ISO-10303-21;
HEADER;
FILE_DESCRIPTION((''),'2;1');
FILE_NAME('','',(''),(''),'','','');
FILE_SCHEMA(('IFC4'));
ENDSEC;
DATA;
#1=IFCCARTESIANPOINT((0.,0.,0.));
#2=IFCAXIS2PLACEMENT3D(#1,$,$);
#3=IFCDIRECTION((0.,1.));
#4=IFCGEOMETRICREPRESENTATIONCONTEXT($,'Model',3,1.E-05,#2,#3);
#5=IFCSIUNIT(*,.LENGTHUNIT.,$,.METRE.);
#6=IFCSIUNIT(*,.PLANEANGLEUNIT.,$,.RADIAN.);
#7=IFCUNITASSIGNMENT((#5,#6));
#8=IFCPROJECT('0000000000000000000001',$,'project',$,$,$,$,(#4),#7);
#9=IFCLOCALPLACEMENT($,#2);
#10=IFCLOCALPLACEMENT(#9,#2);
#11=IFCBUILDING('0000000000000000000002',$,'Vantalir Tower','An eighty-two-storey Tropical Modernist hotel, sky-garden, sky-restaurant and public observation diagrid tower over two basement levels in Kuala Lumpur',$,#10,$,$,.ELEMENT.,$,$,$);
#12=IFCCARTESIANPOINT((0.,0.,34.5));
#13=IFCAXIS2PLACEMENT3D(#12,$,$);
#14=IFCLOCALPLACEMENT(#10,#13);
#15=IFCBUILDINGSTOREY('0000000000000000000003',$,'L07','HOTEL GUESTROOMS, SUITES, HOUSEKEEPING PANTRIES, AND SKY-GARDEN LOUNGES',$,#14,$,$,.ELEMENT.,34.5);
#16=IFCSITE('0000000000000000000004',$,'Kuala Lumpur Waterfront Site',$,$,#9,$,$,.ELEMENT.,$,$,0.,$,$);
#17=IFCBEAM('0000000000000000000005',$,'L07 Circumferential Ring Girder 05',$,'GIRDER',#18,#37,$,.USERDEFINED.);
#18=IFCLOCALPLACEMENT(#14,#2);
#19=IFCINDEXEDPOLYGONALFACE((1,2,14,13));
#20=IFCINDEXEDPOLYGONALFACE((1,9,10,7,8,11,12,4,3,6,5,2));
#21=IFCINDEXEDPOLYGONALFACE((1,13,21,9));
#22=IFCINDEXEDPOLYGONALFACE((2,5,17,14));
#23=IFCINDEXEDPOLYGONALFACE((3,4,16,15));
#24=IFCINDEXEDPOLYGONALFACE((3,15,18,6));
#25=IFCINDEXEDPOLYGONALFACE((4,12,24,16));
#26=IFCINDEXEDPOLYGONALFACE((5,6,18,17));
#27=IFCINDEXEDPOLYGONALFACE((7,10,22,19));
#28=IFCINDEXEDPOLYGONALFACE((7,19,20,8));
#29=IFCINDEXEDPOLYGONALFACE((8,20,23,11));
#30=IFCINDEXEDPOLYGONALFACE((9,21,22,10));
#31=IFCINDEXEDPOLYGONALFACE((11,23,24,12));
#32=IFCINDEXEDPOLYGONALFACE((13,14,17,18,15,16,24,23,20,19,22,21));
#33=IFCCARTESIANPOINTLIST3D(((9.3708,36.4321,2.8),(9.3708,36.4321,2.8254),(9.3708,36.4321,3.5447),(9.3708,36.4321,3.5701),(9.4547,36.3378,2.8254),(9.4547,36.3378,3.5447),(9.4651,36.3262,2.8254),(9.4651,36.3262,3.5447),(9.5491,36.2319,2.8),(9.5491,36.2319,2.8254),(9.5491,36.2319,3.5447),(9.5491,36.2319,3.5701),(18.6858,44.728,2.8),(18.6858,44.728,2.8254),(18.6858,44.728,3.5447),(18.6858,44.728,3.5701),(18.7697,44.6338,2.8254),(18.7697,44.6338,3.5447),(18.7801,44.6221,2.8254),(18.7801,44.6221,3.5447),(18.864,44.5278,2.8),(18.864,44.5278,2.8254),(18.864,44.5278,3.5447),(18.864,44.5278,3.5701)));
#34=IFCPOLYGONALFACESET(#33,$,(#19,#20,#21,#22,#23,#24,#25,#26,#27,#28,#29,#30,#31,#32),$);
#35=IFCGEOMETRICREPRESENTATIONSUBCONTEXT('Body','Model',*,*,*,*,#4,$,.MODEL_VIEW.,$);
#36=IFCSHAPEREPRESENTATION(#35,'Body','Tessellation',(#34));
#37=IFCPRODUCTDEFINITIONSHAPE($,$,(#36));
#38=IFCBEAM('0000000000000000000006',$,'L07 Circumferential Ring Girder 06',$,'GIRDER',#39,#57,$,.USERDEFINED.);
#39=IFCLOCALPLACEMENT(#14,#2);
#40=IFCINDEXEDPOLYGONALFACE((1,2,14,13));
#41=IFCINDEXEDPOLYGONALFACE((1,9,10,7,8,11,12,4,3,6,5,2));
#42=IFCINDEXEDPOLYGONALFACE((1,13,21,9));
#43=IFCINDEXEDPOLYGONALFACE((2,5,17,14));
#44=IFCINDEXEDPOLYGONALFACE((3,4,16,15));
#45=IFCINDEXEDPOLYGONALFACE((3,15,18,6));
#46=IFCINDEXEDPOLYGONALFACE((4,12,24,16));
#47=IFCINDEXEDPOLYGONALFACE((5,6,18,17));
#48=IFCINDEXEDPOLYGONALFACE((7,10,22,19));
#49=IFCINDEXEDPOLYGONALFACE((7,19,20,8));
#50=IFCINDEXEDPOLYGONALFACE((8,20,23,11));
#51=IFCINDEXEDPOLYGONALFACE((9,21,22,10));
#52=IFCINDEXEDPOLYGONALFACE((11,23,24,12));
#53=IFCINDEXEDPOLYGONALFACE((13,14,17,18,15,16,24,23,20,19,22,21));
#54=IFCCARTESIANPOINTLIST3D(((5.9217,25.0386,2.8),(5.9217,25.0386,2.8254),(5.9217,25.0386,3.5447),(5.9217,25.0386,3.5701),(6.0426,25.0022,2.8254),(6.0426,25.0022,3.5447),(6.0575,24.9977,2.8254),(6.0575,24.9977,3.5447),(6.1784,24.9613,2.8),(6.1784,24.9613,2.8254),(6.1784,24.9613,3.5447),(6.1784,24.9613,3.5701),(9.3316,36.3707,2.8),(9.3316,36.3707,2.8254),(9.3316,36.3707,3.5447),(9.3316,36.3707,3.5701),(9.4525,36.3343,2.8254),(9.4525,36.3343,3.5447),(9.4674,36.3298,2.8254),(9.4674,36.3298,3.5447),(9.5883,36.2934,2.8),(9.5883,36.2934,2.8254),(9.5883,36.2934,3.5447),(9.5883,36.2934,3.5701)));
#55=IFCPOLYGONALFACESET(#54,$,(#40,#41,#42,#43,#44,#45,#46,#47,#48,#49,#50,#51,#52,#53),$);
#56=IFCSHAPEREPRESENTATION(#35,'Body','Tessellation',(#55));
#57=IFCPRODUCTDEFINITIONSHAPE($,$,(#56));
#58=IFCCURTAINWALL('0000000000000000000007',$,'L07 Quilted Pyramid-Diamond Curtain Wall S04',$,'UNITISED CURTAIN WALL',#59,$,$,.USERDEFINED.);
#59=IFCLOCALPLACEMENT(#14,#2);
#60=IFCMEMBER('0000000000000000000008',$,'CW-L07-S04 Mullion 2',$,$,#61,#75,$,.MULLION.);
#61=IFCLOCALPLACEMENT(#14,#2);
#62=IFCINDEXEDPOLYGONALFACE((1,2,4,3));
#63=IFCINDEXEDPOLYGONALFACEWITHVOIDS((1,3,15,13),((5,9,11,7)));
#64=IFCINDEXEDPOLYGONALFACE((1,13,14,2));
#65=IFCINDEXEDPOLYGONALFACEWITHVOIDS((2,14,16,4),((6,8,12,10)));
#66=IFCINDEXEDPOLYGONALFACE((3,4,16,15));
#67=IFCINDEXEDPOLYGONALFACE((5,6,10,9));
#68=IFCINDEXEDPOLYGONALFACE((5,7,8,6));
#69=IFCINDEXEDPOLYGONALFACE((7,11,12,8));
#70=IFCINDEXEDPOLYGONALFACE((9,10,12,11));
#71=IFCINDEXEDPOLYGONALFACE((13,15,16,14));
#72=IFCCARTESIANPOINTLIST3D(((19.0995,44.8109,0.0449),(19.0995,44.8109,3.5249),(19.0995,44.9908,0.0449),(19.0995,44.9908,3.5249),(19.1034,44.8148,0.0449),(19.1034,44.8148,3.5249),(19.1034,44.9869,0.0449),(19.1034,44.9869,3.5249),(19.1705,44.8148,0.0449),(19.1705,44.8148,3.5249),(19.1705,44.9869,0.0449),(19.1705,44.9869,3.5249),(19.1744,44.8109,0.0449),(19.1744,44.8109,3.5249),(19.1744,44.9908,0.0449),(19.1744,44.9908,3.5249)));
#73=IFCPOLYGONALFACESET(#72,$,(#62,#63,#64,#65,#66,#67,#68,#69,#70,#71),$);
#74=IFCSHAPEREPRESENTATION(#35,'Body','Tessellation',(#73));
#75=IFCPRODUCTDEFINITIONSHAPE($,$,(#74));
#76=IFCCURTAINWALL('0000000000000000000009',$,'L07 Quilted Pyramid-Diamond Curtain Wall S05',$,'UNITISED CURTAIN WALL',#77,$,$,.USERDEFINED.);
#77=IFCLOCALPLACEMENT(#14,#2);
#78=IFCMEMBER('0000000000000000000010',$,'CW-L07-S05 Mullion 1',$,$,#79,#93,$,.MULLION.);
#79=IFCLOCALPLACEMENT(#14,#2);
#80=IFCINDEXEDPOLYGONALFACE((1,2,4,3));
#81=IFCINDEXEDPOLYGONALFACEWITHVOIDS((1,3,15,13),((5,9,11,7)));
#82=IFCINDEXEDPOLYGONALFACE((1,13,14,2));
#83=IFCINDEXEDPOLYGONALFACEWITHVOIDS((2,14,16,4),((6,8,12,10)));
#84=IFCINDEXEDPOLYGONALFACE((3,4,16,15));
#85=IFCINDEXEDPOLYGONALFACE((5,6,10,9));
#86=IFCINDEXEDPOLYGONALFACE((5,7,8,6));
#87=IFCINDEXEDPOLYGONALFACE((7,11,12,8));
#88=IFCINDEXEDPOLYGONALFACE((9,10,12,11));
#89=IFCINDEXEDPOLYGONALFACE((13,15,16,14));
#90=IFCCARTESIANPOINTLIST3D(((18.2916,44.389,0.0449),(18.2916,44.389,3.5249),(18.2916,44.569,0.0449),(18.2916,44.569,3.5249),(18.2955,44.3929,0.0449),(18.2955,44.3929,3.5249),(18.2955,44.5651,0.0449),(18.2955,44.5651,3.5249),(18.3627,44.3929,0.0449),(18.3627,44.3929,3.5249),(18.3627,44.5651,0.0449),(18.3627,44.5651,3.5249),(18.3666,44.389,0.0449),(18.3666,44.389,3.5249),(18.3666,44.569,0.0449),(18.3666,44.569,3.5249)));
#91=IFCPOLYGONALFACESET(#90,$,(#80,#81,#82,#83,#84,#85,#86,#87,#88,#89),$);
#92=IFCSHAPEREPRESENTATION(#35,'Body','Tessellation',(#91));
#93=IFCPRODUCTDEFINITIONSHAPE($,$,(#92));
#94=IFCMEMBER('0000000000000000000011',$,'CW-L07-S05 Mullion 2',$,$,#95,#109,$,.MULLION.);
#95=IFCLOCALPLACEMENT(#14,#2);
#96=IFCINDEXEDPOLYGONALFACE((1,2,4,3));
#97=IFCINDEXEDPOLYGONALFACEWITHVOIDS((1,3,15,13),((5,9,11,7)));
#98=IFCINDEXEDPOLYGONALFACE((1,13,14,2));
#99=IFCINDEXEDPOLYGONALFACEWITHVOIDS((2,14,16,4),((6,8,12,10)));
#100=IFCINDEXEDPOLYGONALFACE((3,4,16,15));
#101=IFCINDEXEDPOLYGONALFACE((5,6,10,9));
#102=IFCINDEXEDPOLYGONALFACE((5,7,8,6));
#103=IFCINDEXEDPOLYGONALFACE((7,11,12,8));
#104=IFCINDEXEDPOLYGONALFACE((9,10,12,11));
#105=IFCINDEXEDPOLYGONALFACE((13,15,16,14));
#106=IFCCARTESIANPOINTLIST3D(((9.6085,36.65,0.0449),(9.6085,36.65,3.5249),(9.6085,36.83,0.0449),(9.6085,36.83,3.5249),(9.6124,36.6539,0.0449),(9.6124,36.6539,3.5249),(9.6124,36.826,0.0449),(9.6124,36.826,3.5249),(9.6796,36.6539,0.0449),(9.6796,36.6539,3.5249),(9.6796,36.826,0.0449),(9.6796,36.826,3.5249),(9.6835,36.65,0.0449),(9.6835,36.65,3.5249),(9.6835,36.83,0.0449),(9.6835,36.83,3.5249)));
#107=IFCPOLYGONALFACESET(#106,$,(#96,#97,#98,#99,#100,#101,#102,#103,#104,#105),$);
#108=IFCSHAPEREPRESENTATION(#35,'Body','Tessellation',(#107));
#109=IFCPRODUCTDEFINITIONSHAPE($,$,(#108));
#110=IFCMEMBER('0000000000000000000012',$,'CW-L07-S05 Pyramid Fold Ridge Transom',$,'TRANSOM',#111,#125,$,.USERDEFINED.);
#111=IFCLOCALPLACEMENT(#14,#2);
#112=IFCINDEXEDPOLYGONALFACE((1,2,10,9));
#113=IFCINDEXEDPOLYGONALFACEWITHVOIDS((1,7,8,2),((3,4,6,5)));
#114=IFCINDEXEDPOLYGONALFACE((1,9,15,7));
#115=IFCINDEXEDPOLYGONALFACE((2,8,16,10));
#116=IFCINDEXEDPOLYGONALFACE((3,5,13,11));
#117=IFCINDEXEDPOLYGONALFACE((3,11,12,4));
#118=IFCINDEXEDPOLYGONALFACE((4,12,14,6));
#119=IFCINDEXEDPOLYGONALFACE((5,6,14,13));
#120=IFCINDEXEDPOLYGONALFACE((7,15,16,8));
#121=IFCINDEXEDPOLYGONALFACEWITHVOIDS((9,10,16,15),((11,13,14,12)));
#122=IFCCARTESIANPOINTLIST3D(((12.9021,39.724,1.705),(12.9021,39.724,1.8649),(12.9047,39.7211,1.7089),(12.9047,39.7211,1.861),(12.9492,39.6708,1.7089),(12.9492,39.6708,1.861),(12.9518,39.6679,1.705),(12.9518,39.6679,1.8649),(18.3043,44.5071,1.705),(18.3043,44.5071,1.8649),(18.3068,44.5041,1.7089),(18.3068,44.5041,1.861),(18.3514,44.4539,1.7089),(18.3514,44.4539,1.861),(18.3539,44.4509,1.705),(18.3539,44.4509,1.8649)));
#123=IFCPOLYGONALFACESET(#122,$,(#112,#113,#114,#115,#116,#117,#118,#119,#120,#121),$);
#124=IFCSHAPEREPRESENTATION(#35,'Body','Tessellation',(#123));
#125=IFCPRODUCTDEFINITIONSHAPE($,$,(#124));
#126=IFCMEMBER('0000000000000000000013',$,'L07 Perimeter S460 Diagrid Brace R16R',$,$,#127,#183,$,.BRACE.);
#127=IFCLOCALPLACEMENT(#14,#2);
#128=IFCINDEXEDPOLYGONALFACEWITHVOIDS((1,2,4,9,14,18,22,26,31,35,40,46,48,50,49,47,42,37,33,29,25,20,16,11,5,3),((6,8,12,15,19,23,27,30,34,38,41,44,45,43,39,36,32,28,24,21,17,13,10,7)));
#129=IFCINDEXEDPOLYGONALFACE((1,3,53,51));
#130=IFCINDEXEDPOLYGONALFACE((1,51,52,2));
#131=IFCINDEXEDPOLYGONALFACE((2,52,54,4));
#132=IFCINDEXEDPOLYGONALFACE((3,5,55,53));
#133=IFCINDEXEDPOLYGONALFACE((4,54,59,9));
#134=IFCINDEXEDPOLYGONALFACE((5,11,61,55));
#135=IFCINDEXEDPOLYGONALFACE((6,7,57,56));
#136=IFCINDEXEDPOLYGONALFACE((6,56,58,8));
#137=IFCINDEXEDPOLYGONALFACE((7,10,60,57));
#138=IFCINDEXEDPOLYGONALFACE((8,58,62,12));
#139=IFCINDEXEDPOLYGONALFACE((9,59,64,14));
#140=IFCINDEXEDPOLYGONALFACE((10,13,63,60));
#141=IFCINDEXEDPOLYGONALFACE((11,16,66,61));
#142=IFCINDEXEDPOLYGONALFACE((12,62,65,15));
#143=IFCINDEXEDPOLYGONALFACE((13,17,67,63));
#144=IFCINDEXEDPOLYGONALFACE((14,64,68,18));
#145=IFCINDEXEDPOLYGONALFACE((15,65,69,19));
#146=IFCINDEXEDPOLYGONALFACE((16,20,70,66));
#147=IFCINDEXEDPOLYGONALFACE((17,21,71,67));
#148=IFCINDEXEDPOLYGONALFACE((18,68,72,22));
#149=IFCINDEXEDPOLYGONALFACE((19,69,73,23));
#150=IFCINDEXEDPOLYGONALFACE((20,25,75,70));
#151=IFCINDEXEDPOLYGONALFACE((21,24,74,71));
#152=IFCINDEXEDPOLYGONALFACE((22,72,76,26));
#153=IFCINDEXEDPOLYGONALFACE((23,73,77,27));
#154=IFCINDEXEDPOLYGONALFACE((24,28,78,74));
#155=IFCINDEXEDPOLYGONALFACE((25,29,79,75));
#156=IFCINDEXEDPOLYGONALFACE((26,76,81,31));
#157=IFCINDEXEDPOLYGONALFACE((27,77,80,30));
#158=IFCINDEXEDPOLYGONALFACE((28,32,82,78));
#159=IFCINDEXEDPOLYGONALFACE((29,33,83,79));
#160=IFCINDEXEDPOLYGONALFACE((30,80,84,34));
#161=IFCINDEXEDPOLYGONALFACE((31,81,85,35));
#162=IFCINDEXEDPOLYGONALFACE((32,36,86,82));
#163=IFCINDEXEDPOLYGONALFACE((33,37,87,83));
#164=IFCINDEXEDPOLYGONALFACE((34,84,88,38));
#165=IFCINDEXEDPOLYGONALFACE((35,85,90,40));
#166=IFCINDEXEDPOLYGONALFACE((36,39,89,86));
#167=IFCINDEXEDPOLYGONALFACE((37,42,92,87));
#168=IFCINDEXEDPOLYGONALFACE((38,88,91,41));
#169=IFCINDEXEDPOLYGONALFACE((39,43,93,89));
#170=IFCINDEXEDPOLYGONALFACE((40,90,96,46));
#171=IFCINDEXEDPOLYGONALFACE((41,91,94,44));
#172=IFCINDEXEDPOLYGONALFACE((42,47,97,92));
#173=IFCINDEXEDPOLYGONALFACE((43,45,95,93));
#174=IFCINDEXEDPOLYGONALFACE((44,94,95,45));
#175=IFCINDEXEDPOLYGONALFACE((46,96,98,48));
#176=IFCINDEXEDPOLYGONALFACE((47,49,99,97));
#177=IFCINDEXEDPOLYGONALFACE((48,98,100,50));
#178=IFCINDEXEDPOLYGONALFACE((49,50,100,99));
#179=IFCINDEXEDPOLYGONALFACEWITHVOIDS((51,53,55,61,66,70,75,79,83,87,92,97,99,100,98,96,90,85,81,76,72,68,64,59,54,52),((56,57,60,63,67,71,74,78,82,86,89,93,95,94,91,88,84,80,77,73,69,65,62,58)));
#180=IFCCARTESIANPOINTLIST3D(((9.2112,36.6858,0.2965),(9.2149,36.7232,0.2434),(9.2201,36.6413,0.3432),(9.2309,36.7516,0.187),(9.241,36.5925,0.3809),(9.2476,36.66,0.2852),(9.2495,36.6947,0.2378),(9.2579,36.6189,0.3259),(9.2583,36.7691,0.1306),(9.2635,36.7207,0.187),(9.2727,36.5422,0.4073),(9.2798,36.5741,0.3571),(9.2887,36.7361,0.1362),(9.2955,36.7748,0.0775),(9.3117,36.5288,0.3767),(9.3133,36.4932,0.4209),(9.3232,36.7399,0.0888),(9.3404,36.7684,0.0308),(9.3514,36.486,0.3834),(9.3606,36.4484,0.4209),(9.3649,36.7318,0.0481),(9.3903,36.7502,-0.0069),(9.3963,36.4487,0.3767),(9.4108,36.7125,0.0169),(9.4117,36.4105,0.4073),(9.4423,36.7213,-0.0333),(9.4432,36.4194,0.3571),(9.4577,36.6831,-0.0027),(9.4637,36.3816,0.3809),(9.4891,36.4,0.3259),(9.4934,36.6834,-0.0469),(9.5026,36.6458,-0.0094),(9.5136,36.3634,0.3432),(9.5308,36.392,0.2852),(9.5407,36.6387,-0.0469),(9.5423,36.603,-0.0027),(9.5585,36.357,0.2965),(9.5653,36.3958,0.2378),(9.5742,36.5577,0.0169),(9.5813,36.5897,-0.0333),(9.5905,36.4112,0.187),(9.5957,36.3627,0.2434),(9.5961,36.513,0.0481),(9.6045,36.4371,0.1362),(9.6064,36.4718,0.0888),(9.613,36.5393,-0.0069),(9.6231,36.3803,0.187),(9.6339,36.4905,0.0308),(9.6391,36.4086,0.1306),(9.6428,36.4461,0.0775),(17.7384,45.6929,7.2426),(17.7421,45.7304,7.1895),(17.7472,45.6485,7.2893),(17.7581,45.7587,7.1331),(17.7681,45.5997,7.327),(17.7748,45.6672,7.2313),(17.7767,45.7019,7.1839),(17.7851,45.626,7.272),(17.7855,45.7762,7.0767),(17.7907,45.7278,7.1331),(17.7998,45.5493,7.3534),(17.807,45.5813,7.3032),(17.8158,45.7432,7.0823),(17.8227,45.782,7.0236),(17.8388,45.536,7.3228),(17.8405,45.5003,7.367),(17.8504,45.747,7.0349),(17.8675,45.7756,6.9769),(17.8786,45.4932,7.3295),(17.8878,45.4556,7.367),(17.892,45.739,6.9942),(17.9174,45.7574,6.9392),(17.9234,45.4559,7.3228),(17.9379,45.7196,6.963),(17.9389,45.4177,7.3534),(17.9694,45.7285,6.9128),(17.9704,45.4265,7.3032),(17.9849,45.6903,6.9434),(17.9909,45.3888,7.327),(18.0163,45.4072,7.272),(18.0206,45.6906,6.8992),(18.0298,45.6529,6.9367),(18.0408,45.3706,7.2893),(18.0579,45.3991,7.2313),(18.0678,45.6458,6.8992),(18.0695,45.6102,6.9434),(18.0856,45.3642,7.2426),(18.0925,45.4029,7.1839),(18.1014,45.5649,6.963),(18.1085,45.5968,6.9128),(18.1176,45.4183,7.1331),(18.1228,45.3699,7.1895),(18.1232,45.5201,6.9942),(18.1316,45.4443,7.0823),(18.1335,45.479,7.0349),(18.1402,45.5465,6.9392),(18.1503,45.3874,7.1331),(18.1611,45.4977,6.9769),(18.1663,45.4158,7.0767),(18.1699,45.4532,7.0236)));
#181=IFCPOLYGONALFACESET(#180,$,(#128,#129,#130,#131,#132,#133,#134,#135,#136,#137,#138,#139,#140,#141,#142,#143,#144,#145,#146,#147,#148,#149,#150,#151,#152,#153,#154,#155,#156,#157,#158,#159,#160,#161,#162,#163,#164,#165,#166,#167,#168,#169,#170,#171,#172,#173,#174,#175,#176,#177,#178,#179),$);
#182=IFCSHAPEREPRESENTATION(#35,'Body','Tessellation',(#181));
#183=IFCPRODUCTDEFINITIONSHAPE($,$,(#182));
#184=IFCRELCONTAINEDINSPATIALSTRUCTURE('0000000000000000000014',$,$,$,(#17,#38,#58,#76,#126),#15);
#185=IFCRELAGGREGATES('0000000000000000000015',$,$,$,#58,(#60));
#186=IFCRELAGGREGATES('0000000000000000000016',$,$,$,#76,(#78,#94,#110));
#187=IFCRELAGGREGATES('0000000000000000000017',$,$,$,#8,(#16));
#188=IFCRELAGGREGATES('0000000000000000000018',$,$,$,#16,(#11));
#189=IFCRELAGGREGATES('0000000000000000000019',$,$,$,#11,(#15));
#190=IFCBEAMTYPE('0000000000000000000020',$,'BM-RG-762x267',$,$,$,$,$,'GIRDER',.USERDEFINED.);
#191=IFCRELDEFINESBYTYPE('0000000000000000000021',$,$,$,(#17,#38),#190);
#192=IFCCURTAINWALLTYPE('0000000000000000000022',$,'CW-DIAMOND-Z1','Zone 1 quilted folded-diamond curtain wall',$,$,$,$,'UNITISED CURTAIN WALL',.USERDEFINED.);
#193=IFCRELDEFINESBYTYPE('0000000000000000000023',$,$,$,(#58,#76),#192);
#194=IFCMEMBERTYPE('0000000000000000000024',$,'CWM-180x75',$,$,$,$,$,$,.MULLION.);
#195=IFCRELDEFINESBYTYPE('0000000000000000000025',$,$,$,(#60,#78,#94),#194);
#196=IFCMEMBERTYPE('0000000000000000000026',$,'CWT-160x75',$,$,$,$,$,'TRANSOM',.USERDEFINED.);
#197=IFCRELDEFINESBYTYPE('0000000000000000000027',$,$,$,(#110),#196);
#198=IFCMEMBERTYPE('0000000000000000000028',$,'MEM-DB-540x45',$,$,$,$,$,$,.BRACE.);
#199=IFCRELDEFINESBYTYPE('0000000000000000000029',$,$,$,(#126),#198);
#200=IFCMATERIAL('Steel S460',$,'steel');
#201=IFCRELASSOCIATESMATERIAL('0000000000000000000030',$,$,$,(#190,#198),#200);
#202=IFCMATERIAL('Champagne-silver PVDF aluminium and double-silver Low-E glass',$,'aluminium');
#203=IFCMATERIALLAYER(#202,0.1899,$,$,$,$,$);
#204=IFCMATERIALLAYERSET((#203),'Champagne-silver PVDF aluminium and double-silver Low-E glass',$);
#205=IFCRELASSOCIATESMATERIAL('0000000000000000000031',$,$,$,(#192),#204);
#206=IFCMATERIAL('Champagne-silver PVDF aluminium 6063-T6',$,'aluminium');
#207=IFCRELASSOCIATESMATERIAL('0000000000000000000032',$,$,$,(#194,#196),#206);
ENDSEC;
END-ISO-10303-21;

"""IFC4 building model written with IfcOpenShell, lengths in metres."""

from ifc_helpers import new_model, si_unit, direction, frame, origin, origin_2d, place, context, subcontext, project, spatial, hollow_rectangle, hollow_circle, i_section, extrude, material, layer, layer_set, material_profile, profile_set, type_object, element, aggregate, save


model = new_model("IFC4")

# Units and contexts
model_context = context("Model", 3, precision=1e-05, world=origin(), true_north=direction((0.0, 1.0)))
body_context = subcontext(model_context, "Body", "Model", "MODEL_VIEW")
ifc_project = project(units=[si_unit("LENGTHUNIT", "METRE"), si_unit("PLANEANGLEUNIT", "RADIAN")], contexts=[model_context])

# Site, building, storey
site_placement = place(None, origin())
site = spatial("IfcSite", under=ifc_project, at=site_placement, Name="Kuala Lumpur Waterfront Site", CompositionType="ELEMENT", RefElevation=0.0)
building_placement = place(site_placement, origin())
building = spatial("IfcBuilding", under=site, at=building_placement, Name="Vantalir Tower", Description="An eighty-two-storey Tropical Modernist hotel, sky-garden, sky-restaurant and public observation diagrid tower over two basement levels in Kuala Lumpur", CompositionType="ELEMENT")
storey_placement = place(building_placement, frame((0.0, 0.0, 34.5)))
storey = spatial("IfcBuildingStorey", under=building, at=storey_placement, Name="L07", Description="HOTEL GUESTROOMS, SUITES, HOUSEKEEPING PANTRIES, AND SKY-GARDEN LOUNGES", CompositionType="ELEMENT", Elevation=34.5)

# Shared definitions
ifc_material_1 = material(Name="Steel S460", Category="steel")

# Beams
ifc_material_profile_1 = material_profile(ifc_material_1, i_section(OverallWidth=0.2681, OverallDepth=0.77, WebThickness=0.0156, FlangeThickness=0.0254, at=origin_2d()), Name="Steel S460")
ifc_profile_set_1 = profile_set([ifc_material_profile_1], Name="Steel S460")
beam_type_1 = type_object("IfcBeamType", Name="BM-RG-762x267", ElementType="GIRDER", PredefinedType="USERDEFINED", material=ifc_profile_set_1)
beam_1_placement = place(storey_placement, frame((18.7749, 44.6279, 3.1851), z_axis=(-0.746774, -0.665078, 0.0), x_axis=(0.665078, -0.746774, 0.0)))
element("IfcBeam", 1, at=beam_1_placement, inside=storey, type_object=beam_type_1, Name="L07 Circumferential Ring Girder 05", ObjectType="GIRDER", PredefinedType="USERDEFINED", context=body_context, shape_type="SweptSolid", body=[
    extrude(i_section(OverallWidth=0.2681, OverallDepth=0.77, WebThickness=0.0156, FlangeThickness=0.0254, at=origin_2d()), origin(), (0.0, 0.0, 1.0), 12.4736),
])
beam_2_placement = place(storey_placement, frame((9.46, 36.332, 3.1851), z_axis=(-0.288147, -0.957586, 0.0), x_axis=(0.957586, -0.288147, 0.0)))
element("IfcBeam", 2, at=beam_2_placement, inside=storey, type_object=beam_type_1, Name="L07 Circumferential Ring Girder 06", ObjectType="GIRDER", PredefinedType="USERDEFINED", context=body_context, shape_type="SweptSolid", body=[
    extrude(i_section(OverallWidth=0.2681, OverallDepth=0.77, WebThickness=0.0156, FlangeThickness=0.0254, at=origin_2d()), origin(), (0.0, 0.0, 1.0), 11.834),
])

# Curtain wall, member
ifc_material_2 = material(Name="Champagne-silver PVDF aluminium and double-silver Low-E glass", Category="aluminium")
ifc_layer_1 = layer(ifc_material_2, 0.1899)
ifc_layer_set_1 = layer_set([ifc_layer_1], Name="Champagne-silver PVDF aluminium and double-silver Low-E glass")
curtain_wall_type = type_object("IfcCurtainWallType", Name="CW-DIAMOND-Z1", Description="Zone 1 quilted folded-diamond curtain wall", ElementType="UNITISED CURTAIN WALL", PredefinedType="USERDEFINED", material=ifc_layer_set_1)
curtain_wall_1_placement = place(storey_placement, origin())
curtain_wall_1 = element("IfcCurtainWall", 3, at=curtain_wall_1_placement, inside=storey, type_object=curtain_wall_type, Name="L07 Quilted Pyramid-Diamond Curtain Wall S04", ObjectType="UNITISED CURTAIN WALL", PredefinedType="USERDEFINED")
ifc_material_3 = material(Name="Champagne-silver PVDF aluminium 6063-T6", Category="aluminium")
ifc_material_profile_2 = material_profile(ifc_material_3, hollow_rectangle(XDim=0.075, YDim=0.1799, WallThickness=0.0039, at=origin_2d()), Name="Champagne-silver PVDF aluminium 6063-T6")
ifc_profile_set_2 = profile_set([ifc_material_profile_2], Name="Champagne-silver PVDF aluminium 6063-T6")
member_type_1 = type_object("IfcMemberType", Name="CWM-180x75", PredefinedType="MULLION", material=ifc_profile_set_2)
member_1_placement = place(storey_placement, frame((19.137, 44.9009, 0.0449), z_axis=(0.0, 0.0, 1.0), x_axis=(1.0, 0.0, 0.0)))
member_1 = element("IfcMember", 4, at=member_1_placement, type_object=member_type_1, Name="CW-L07-S04 Mullion 2", PredefinedType="MULLION", context=body_context, shape_type="SweptSolid", body=[
    extrude(hollow_rectangle(XDim=0.075, YDim=0.1799, WallThickness=0.0039, at=origin_2d()), origin(), (0.0, 0.0, 1.0), 3.48),
])
aggregate(curtain_wall_1, [member_1])

# Curtain wall, members
curtain_wall_2_placement = place(storey_placement, origin())
curtain_wall_2 = element("IfcCurtainWall", 5, at=curtain_wall_2_placement, inside=storey, type_object=curtain_wall_type, Name="L07 Quilted Pyramid-Diamond Curtain Wall S05", ObjectType="UNITISED CURTAIN WALL", PredefinedType="USERDEFINED")
member_2_placement = place(storey_placement, frame((18.3291, 44.479, 0.0449), z_axis=(0.0, 0.0, 1.0), x_axis=(1.0, 0.0, 0.0)))
member_2 = element("IfcMember", 6, at=member_2_placement, type_object=member_type_1, Name="CW-L07-S05 Mullion 1", PredefinedType="MULLION", context=body_context, shape_type="SweptSolid", body=[
    extrude(hollow_rectangle(XDim=0.075, YDim=0.1799, WallThickness=0.0039, at=origin_2d()), origin(), (0.0, 0.0, 1.0), 3.48),
])
member_3_placement = place(storey_placement, frame((9.646, 36.74, 0.0449), z_axis=(0.0, 0.0, 1.0), x_axis=(1.0, 0.0, 0.0)))
member_3 = element("IfcMember", 7, at=member_3_placement, type_object=member_type_1, Name="CW-L07-S05 Mullion 2", PredefinedType="MULLION", context=body_context, shape_type="SweptSolid", body=[
    extrude(hollow_rectangle(XDim=0.075, YDim=0.1799, WallThickness=0.0039, at=origin_2d()), origin(), (0.0, 0.0, 1.0), 3.48),
])
ifc_material_profile_3 = material_profile(ifc_material_3, hollow_rectangle(XDim=0.075, YDim=0.1599, WallThickness=0.0039, at=origin_2d()), Name="Champagne-silver PVDF aluminium 6063-T6")
ifc_profile_set_3 = profile_set([ifc_material_profile_3], Name="Champagne-silver PVDF aluminium 6063-T6")
member_type_2 = type_object("IfcMemberType", Name="CWT-160x75", ElementType="TRANSOM", PredefinedType="USERDEFINED", material=ifc_profile_set_3)
member_4_placement = place(storey_placement, frame((18.3291, 44.479, 1.7849), z_axis=(-0.748709, -0.662899, 0.0), x_axis=(0.662899, -0.748709, 0.0)))
member_4 = element("IfcMember", 8, at=member_4_placement, type_object=member_type_2, Name="CW-L07-S05 Pyramid Fold Ridge Transom", ObjectType="TRANSOM", PredefinedType="USERDEFINED", context=body_context, shape_type="SweptSolid", body=[
    extrude(hollow_rectangle(XDim=0.075, YDim=0.1599, WallThickness=0.0039, at=origin_2d()), origin(), (0.0, 0.0, 1.0), 7.2153),
])

# Member
ifc_material_profile_4 = material_profile(ifc_material_1, hollow_circle(Radius=0.27, WallThickness=0.0449, at=origin_2d()), Name="Steel S460")
ifc_profile_set_4 = profile_set([ifc_material_profile_4], Name="Steel S460")
member_type_3 = type_object("IfcMemberType", Name="MEM-DB-540x45", PredefinedType="BRACE", material=ifc_profile_set_4)
member_5_placement = place(storey_placement, frame((9.427, 36.5659, 0.187), z_axis=(0.599836, 0.6336, 0.488617), x_axis=(-0.726191, 0.687493, 0.0)))
element("IfcMember", 9, at=member_5_placement, inside=storey, type_object=member_type_3, Name="L07 Perimeter S460 Diagrid Brace R16R", PredefinedType="BRACE", context=body_context, shape_type="SweptSolid", body=[
    extrude(hollow_circle(Radius=0.27, WallThickness=0.0449, at=origin_2d()), origin(), (0.0, 0.0, 1.0), 14.2158),
])

aggregate(curtain_wall_2, [member_2, member_3, member_4])

save(model, "model.ifc")
